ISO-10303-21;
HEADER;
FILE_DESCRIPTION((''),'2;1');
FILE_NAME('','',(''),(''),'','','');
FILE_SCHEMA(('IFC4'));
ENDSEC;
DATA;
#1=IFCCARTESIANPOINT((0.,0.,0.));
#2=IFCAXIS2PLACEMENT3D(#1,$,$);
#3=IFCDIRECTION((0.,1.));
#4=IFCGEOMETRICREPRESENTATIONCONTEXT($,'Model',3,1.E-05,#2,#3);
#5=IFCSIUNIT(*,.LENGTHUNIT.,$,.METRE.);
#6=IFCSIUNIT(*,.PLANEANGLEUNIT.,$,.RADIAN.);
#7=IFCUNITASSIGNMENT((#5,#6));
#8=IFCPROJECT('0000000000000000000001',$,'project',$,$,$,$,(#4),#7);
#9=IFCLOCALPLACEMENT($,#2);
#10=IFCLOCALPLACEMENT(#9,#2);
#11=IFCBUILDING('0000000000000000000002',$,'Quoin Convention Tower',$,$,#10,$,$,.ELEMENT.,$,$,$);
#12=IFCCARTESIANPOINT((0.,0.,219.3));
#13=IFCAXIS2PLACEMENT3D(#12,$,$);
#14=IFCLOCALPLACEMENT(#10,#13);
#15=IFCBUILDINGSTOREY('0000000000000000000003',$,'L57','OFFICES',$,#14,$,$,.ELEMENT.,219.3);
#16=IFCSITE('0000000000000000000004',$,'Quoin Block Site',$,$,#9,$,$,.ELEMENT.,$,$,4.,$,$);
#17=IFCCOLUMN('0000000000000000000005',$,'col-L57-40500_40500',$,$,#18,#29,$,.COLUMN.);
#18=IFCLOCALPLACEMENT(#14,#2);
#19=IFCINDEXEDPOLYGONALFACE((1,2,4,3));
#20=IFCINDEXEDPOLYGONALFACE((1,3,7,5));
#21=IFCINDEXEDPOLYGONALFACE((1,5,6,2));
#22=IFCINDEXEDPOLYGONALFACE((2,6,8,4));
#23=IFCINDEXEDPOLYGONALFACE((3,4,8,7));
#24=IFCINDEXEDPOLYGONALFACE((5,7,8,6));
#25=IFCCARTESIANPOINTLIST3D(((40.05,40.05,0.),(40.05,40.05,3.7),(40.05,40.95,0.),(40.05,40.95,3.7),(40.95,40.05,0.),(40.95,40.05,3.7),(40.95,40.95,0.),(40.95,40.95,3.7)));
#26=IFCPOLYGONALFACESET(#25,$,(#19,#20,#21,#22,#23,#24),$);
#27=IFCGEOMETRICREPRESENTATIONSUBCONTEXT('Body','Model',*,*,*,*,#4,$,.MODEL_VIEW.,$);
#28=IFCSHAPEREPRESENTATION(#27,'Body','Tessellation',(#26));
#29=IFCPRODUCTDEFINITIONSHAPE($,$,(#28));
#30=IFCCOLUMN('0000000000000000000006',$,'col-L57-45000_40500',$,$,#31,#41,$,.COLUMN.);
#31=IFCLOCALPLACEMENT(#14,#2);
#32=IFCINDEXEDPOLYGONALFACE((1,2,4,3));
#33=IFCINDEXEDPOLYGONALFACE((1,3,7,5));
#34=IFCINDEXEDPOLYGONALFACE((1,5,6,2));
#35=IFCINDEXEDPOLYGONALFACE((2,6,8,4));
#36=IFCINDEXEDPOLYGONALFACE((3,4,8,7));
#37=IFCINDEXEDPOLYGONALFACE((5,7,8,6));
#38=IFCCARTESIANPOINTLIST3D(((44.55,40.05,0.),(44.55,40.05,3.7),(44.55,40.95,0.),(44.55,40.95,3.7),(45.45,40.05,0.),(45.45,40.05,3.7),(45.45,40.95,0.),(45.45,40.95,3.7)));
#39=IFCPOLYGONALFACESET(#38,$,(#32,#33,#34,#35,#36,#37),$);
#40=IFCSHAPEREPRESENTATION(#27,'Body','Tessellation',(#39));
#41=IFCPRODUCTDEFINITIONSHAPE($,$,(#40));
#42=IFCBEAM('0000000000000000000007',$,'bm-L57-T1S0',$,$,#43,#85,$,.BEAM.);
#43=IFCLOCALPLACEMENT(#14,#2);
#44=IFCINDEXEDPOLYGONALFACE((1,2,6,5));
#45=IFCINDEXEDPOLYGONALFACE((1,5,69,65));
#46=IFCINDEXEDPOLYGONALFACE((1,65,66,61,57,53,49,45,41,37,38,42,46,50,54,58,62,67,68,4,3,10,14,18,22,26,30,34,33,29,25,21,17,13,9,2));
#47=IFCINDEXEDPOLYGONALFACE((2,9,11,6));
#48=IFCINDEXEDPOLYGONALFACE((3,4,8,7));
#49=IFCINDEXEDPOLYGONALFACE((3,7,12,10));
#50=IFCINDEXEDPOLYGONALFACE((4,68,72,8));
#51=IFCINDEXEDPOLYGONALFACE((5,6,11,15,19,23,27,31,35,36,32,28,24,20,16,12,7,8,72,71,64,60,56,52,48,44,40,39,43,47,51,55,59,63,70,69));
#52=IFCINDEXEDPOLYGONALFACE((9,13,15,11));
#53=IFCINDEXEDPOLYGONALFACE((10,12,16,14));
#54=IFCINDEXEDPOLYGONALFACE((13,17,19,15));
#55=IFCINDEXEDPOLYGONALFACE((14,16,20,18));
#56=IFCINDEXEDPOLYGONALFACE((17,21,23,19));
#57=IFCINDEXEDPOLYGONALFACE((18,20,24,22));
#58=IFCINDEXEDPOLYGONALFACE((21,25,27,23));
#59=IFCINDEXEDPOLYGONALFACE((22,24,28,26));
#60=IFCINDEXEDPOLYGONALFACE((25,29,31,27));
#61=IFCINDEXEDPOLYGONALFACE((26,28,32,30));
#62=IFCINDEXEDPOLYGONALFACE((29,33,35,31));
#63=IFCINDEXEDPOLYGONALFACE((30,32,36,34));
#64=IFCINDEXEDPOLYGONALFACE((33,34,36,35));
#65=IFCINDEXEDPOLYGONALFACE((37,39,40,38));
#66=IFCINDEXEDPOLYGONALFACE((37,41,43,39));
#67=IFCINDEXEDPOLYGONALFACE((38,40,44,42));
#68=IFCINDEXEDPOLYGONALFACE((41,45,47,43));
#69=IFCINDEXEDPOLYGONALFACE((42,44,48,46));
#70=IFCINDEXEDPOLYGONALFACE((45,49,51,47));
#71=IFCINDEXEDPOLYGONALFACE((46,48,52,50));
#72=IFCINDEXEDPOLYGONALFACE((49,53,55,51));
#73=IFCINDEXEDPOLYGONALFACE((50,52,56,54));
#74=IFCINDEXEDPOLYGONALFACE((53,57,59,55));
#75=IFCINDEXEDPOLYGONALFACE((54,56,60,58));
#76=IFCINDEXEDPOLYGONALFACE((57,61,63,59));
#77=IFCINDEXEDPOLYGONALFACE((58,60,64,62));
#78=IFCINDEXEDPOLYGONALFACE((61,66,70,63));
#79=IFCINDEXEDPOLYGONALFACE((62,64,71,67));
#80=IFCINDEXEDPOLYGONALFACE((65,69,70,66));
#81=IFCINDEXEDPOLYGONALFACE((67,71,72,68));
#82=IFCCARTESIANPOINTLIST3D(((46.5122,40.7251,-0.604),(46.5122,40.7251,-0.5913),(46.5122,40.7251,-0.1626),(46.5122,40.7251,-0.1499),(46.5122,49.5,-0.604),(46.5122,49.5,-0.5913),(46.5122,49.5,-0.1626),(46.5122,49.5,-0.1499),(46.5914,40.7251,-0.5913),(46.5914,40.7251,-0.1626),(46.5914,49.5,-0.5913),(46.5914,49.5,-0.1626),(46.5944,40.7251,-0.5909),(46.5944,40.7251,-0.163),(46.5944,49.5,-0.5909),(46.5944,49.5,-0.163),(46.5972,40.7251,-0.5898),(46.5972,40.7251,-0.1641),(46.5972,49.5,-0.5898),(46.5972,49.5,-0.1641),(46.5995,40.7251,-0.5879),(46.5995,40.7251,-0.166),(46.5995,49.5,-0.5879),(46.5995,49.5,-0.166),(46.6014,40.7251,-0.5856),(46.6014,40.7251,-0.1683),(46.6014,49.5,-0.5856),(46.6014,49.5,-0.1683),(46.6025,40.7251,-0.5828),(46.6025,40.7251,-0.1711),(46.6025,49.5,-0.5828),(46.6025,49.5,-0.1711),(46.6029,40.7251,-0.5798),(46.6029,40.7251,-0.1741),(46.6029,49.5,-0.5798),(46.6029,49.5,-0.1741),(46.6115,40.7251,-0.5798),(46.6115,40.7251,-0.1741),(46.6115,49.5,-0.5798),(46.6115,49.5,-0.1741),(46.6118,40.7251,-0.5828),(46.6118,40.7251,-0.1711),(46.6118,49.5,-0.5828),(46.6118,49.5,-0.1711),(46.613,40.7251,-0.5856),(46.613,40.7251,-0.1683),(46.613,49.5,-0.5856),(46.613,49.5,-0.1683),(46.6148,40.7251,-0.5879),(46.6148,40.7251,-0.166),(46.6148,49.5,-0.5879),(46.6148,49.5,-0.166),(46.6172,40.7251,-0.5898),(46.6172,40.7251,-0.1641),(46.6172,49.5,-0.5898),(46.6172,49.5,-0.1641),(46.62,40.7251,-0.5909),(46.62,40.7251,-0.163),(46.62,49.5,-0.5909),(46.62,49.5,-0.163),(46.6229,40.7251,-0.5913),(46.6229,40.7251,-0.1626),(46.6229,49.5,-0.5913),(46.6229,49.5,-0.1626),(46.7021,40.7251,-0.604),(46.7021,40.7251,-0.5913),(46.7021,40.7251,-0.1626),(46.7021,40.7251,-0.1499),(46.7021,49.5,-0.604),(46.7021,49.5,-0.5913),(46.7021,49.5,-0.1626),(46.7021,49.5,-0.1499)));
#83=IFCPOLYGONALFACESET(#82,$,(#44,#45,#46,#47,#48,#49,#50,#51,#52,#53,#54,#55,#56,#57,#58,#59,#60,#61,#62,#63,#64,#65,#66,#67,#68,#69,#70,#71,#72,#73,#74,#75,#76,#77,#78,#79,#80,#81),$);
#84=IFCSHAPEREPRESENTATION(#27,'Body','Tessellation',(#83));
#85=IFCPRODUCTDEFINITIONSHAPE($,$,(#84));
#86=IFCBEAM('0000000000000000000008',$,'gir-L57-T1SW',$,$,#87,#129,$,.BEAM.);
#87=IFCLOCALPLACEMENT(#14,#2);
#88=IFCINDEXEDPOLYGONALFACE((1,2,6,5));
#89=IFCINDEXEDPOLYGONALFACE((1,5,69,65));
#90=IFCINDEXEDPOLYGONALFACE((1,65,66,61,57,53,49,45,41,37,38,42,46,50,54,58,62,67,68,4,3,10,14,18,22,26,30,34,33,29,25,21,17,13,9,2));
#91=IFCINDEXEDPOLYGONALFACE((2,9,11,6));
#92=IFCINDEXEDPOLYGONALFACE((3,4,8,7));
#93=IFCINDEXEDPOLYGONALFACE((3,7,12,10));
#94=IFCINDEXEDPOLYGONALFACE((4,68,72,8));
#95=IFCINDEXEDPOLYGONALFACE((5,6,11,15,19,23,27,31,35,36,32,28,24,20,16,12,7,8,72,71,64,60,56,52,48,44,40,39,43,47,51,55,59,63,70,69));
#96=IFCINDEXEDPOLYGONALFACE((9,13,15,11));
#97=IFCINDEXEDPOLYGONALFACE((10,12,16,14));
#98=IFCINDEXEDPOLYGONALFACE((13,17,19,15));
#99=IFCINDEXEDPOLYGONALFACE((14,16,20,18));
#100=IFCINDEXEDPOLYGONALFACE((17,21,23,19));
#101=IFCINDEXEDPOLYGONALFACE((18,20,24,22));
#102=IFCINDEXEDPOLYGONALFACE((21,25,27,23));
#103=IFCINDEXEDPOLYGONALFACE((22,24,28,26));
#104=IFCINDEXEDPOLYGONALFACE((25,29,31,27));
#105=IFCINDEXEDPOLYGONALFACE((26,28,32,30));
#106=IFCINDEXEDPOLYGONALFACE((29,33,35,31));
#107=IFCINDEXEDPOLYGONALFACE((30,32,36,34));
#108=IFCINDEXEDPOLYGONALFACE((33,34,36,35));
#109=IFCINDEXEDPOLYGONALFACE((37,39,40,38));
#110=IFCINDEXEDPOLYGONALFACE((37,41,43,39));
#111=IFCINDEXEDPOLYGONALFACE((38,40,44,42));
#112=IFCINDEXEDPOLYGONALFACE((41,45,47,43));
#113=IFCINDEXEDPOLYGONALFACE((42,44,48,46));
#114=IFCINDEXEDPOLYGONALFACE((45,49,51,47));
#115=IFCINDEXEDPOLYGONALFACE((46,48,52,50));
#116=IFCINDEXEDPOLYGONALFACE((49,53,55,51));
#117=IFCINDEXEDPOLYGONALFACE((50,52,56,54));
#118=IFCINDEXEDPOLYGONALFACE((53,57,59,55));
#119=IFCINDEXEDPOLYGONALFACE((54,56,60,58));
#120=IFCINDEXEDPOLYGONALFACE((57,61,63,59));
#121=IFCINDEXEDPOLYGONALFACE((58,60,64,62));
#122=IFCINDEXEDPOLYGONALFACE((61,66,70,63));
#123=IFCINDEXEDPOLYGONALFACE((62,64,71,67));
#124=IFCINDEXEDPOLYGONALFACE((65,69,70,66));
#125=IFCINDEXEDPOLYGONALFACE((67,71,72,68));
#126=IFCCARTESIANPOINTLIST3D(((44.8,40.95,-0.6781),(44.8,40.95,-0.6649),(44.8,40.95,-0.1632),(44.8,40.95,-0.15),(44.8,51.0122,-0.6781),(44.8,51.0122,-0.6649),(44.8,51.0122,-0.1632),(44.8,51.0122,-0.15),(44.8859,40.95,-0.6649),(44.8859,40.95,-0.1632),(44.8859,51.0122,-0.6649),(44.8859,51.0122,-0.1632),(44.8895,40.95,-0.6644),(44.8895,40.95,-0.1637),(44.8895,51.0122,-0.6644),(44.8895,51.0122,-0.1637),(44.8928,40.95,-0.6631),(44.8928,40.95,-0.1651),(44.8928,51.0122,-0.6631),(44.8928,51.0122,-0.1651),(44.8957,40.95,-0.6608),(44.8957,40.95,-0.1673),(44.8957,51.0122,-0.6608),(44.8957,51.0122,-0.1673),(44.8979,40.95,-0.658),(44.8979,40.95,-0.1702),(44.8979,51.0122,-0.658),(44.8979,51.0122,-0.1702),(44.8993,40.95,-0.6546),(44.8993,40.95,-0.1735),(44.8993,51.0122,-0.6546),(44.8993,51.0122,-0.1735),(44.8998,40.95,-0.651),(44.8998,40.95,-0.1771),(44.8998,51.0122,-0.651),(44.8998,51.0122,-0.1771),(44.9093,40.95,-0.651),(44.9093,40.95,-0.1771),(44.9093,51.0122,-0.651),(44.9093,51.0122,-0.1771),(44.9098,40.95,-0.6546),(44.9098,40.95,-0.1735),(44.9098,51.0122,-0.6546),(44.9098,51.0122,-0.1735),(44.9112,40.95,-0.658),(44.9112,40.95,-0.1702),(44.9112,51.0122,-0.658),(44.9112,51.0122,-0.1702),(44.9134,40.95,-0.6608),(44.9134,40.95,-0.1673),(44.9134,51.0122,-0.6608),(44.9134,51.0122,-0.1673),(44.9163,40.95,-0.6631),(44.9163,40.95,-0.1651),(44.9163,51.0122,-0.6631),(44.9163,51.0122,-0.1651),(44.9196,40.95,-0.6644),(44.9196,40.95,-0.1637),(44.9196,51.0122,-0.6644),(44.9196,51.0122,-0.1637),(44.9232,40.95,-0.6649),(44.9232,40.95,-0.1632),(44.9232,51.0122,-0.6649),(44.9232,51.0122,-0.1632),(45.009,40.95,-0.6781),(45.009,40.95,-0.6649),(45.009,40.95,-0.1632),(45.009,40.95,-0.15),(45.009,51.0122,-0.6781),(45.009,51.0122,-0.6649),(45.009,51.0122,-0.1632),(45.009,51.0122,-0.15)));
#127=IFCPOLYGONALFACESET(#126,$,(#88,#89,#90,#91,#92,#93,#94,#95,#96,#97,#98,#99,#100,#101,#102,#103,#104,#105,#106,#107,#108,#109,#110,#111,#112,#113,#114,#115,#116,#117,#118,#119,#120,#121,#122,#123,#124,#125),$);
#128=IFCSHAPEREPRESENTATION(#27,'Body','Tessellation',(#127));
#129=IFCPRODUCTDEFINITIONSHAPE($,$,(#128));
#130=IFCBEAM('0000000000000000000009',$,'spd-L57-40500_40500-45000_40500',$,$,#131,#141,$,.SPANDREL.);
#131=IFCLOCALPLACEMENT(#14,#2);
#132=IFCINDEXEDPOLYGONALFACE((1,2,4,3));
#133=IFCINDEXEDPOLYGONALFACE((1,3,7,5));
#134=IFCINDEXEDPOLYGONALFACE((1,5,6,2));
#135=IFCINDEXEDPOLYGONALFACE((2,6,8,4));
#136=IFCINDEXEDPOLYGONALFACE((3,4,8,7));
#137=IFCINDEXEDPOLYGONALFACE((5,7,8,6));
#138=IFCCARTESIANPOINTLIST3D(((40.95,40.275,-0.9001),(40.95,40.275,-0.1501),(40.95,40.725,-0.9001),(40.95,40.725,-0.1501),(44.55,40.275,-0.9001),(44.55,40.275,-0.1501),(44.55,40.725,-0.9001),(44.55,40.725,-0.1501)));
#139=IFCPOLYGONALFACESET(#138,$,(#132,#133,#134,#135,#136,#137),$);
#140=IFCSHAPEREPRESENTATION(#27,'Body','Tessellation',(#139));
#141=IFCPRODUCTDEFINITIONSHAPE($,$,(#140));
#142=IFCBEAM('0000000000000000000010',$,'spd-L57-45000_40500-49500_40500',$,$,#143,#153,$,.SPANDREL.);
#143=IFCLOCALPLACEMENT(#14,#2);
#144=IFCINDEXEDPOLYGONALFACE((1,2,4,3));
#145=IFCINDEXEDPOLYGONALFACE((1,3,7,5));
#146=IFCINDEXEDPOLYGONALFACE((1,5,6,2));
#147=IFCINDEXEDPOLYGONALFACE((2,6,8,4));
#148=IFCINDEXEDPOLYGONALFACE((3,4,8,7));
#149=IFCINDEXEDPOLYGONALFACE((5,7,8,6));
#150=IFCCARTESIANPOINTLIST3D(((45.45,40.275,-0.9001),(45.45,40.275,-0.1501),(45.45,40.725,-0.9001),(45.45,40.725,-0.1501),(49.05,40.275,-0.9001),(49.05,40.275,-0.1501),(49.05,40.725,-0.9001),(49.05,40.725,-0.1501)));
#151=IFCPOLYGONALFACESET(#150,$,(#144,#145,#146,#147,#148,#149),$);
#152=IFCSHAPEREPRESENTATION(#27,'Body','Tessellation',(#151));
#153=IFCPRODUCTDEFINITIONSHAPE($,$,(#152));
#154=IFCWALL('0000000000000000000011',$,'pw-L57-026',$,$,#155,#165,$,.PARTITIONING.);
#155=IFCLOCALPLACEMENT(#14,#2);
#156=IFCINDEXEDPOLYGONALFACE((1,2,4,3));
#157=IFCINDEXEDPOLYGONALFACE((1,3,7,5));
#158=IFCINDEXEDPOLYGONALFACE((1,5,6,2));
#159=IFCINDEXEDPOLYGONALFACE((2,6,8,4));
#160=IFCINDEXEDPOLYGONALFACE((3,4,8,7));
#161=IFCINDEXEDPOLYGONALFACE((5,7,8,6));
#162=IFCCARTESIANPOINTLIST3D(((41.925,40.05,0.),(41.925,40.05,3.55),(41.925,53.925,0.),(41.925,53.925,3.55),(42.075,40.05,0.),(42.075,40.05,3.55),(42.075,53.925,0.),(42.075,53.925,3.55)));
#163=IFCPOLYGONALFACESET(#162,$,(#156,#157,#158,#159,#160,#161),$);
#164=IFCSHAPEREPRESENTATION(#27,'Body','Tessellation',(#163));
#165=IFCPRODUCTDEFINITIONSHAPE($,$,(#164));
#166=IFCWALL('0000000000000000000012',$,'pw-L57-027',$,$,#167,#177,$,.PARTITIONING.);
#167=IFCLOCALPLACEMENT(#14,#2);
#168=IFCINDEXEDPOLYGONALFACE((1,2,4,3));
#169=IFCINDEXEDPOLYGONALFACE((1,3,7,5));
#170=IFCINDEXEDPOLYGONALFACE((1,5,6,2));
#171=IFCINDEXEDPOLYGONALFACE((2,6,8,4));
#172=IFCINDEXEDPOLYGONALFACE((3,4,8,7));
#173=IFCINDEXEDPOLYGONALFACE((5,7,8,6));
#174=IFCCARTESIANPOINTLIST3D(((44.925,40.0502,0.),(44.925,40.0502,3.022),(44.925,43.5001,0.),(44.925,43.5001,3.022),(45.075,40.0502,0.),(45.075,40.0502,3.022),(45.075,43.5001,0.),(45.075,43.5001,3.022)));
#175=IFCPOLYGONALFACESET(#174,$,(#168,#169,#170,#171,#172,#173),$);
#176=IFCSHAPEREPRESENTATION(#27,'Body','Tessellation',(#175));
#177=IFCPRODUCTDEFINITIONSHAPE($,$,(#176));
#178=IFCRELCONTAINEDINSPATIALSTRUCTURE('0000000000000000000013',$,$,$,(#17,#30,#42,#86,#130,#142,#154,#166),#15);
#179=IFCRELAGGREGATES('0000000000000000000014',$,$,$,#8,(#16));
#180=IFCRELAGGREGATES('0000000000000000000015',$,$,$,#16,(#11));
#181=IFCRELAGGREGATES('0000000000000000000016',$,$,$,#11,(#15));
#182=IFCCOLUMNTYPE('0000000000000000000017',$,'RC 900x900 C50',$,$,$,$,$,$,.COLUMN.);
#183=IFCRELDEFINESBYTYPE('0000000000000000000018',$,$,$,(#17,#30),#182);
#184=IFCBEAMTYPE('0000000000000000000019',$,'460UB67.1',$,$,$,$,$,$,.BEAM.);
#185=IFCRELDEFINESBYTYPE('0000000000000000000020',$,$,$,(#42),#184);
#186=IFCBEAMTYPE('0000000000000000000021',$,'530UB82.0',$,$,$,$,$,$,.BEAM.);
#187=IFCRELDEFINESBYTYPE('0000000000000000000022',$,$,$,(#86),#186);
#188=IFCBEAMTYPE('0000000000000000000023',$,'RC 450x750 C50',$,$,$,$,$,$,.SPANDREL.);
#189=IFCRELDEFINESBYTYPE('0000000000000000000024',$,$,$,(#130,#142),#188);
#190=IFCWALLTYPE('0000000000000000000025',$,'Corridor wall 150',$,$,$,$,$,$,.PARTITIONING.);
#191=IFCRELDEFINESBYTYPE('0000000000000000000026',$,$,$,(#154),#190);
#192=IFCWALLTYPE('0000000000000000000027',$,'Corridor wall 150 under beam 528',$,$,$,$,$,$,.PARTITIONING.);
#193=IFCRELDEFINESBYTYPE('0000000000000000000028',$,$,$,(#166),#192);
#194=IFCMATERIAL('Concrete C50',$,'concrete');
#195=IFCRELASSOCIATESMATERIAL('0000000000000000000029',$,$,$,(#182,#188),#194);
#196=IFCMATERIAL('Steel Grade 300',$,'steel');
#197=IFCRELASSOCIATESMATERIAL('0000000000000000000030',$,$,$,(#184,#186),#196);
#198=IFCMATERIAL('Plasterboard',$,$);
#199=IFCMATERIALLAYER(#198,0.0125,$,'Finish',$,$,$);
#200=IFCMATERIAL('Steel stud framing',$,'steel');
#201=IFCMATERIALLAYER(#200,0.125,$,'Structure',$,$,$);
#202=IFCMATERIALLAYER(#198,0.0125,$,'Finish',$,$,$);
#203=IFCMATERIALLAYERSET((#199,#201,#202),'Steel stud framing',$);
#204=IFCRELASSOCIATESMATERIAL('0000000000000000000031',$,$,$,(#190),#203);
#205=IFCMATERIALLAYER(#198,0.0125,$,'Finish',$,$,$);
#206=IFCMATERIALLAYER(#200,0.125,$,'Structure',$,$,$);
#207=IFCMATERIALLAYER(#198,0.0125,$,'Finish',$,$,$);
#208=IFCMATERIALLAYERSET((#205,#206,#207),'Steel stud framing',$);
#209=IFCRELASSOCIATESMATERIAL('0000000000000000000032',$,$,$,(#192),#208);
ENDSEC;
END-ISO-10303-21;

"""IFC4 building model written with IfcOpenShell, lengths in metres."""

from ifc_helpers import new_model, si_unit, direction, frame, frame_2d, origin, origin_2d, place, context, subcontext, project, spatial, rectangle, i_section, extrude, material, layer, layer_set, material_profile, profile_set, type_object, element, save


model = new_model("IFC4")

# Units and contexts
model_context = context("Model", 3, precision=1e-05, world=origin(), true_north=direction((0.0, 1.0)))
body_context = subcontext(model_context, "Body", "Model", "MODEL_VIEW")
ifc_project = project(units=[si_unit("LENGTHUNIT", "METRE"), si_unit("PLANEANGLEUNIT", "RADIAN")], contexts=[model_context])

# Site, building, storey
site_placement = place(None, origin())
site = spatial("IfcSite", under=ifc_project, at=site_placement, Name="Quoin Block Site", CompositionType="ELEMENT", RefElevation=4.0)
building_placement = place(site_placement, origin())
building = spatial("IfcBuilding", under=site, at=building_placement, Name="Quoin Convention Tower", CompositionType="ELEMENT")
storey_placement = place(building_placement, frame((0.0, 0.0, 219.3)))
storey = spatial("IfcBuildingStorey", under=building, at=storey_placement, Name="L57", Description="OFFICES", CompositionType="ELEMENT", Elevation=219.3)

# Columns
ifc_material_1 = material(Name="Concrete C50", Category="concrete")
ifc_material_profile_1 = material_profile(ifc_material_1, rectangle(XDim=0.8999, YDim=0.8999, at=origin_2d()), Name="RC 900x900")
ifc_profile_set_1 = profile_set([ifc_material_profile_1], Name="Concrete C50")
column_type = type_object("IfcColumnType", Name="RC 900x900 C50", PredefinedType="COLUMN", material=ifc_profile_set_1)
for number, where, z_axis, x_axis, name in (
    (1, (40.5, 40.5, 0.0), (0.0, 0.0, 1.0), (1.0, 0.0, 0.0), "col-L57-40500_40500"),
    (2, (45.0, 40.5, 0.0), (0.0, 0.0, 1.0), (1.0, 0.0, 0.0), "col-L57-45000_40500"),
):
    element("IfcColumn", number, at=place(storey_placement, frame(where, z_axis=z_axis, x_axis=x_axis)), inside=storey, type_object=column_type, Name=name, PredefinedType="COLUMN", context=body_context, shape_type="SweptSolid", body=[
        extrude(rectangle(XDim=0.8999, YDim=0.8999, at=origin_2d()), origin(), (0.0, 0.0, 1.0), 3.7),
    ])

# Beams
ifc_material_2 = material(Name="Steel Grade 300", Category="steel")
ifc_material_profile_2 = material_profile(ifc_material_2, i_section(OverallWidth=0.1899, OverallDepth=0.4541, WebThickness=0.0085, FlangeThickness=0.0127, FilletRadius=0.0115, at=origin_2d()), Name="460UB67.1")
ifc_profile_set_2 = profile_set([ifc_material_profile_2], Name="Steel Grade 300")
beam_type_1 = type_object("IfcBeamType", Name="460UB67.1", PredefinedType="BEAM", material=ifc_profile_set_2)
beam_1_placement = place(storey_placement, frame((46.6072, 40.7251, -0.377), z_axis=(0.0, 1.0, 0.0), x_axis=(-1.0, 0.0, 0.0)))
element("IfcBeam", 3, at=beam_1_placement, inside=storey, type_object=beam_type_1, Name="bm-L57-T1S0", PredefinedType="BEAM", context=body_context, shape_type="SweptSolid", body=[
    extrude(i_section(OverallWidth=0.1899, OverallDepth=0.4541, WebThickness=0.0085, FlangeThickness=0.0127, FilletRadius=0.0115, at=origin_2d()), origin(), (0.0, 0.0, 1.0), 8.7749),
])
ifc_material_profile_3 = material_profile(ifc_material_2, i_section(OverallWidth=0.209, OverallDepth=0.5281, WebThickness=0.0095, FlangeThickness=0.0132, FilletRadius=0.0139, at=origin_2d()), Name="530UB82.0")
ifc_profile_set_3 = profile_set([ifc_material_profile_3], Name="Steel Grade 300")
beam_type_2 = type_object("IfcBeamType", Name="530UB82.0", PredefinedType="BEAM", material=ifc_profile_set_3)
beam_2_placement = place(storey_placement, frame((44.9045, 40.95, -0.4141), z_axis=(0.0, 1.0, 0.0), x_axis=(-1.0, 0.0, 0.0)))
element("IfcBeam", 4, at=beam_2_placement, inside=storey, type_object=beam_type_2, Name="gir-L57-T1SW", PredefinedType="BEAM", context=body_context, shape_type="SweptSolid", body=[
    extrude(i_section(OverallWidth=0.209, OverallDepth=0.5281, WebThickness=0.0095, FlangeThickness=0.0132, FilletRadius=0.0139, at=origin_2d()), origin(), (0.0, 0.0, 1.0), 10.0623),
])
ifc_material_profile_4 = material_profile(ifc_material_1, rectangle(XDim=0.45, YDim=0.75, at=origin_2d()), Name="RC 450x750")
ifc_profile_set_4 = profile_set([ifc_material_profile_4], Name="Concrete C50")
beam_type_3 = type_object("IfcBeamType", Name="RC 450x750 C50", PredefinedType="SPANDREL", material=ifc_profile_set_4)
for number, where, z_axis, x_axis, name in (
    (5, (40.95, 40.5, -0.5251), (1.0, 0.0, 0.0), (0.0, 1.0, 0.0), "spd-L57-40500_40500-45000_40500"),
    (6, (45.45, 40.5, -0.5251), (1.0, 0.0, 0.0), (0.0, 1.0, 0.0), "spd-L57-45000_40500-49500_40500"),
):
    element("IfcBeam", number, at=place(storey_placement, frame(where, z_axis=z_axis, x_axis=x_axis)), inside=storey, type_object=beam_type_3, Name=name, PredefinedType="SPANDREL", context=body_context, shape_type="SweptSolid", body=[
        extrude(rectangle(XDim=0.45, YDim=0.75, at=origin_2d()), origin(), (0.0, 0.0, 1.0), 3.6001),
    ])

# Walls
ifc_material_3 = material(Name="Plasterboard")
ifc_layer_1 = layer(ifc_material_3, 0.0125, Name="Finish")
ifc_material_4 = material(Name="Steel stud framing", Category="steel")
ifc_layer_2 = layer(ifc_material_4, 0.125, Name="Structure")
ifc_layer_3 = layer(ifc_material_3, 0.0125, Name="Finish")
ifc_layer_set_1 = layer_set([ifc_layer_1, ifc_layer_2, ifc_layer_3], Name="Steel stud framing")
wall_type_1 = type_object("IfcWallType", Name="Corridor wall 150", PredefinedType="PARTITIONING", material=ifc_layer_set_1)
wall_1_placement = place(storey_placement, frame((42.0, 40.05, 0.0), z_axis=(0.0, 0.0, 1.0), x_axis=(0.0, 1.0, 0.0)))
element("IfcWall", 7, at=wall_1_placement, inside=storey, type_object=wall_type_1, Name="pw-L57-026", PredefinedType="PARTITIONING", context=body_context, shape_type="SweptSolid", body=[
    extrude(rectangle(XDim=13.875, YDim=0.1499, at=frame_2d((6.9375, 0.0))), origin(), (0.0, 0.0, 1.0), 3.55),
])
ifc_layer_4 = layer(ifc_material_3, 0.0125, Name="Finish")
ifc_layer_5 = layer(ifc_material_4, 0.125, Name="Structure")
ifc_layer_6 = layer(ifc_material_3, 0.0125, Name="Finish")
ifc_layer_set_2 = layer_set([ifc_layer_4, ifc_layer_5, ifc_layer_6], Name="Steel stud framing")
wall_type_2 = type_object("IfcWallType", Name="Corridor wall 150 under beam 528", PredefinedType="PARTITIONING", material=ifc_layer_set_2)
wall_2_placement = place(storey_placement, frame((45.0, 40.05, 0.0), z_axis=(0.0, 0.0, 1.0), x_axis=(0.0, 1.0, 0.0)))
element("IfcWall", 8, at=wall_2_placement, inside=storey, type_object=wall_type_2, Name="pw-L57-027", PredefinedType="PARTITIONING", context=body_context, shape_type="SweptSolid", body=[
    extrude(rectangle(XDim=3.45, YDim=0.1499, at=frame_2d((1.7251, 0.0))), origin(), (0.0, 0.0, 1.0), 3.022),
])

save(model, "model.ifc")
